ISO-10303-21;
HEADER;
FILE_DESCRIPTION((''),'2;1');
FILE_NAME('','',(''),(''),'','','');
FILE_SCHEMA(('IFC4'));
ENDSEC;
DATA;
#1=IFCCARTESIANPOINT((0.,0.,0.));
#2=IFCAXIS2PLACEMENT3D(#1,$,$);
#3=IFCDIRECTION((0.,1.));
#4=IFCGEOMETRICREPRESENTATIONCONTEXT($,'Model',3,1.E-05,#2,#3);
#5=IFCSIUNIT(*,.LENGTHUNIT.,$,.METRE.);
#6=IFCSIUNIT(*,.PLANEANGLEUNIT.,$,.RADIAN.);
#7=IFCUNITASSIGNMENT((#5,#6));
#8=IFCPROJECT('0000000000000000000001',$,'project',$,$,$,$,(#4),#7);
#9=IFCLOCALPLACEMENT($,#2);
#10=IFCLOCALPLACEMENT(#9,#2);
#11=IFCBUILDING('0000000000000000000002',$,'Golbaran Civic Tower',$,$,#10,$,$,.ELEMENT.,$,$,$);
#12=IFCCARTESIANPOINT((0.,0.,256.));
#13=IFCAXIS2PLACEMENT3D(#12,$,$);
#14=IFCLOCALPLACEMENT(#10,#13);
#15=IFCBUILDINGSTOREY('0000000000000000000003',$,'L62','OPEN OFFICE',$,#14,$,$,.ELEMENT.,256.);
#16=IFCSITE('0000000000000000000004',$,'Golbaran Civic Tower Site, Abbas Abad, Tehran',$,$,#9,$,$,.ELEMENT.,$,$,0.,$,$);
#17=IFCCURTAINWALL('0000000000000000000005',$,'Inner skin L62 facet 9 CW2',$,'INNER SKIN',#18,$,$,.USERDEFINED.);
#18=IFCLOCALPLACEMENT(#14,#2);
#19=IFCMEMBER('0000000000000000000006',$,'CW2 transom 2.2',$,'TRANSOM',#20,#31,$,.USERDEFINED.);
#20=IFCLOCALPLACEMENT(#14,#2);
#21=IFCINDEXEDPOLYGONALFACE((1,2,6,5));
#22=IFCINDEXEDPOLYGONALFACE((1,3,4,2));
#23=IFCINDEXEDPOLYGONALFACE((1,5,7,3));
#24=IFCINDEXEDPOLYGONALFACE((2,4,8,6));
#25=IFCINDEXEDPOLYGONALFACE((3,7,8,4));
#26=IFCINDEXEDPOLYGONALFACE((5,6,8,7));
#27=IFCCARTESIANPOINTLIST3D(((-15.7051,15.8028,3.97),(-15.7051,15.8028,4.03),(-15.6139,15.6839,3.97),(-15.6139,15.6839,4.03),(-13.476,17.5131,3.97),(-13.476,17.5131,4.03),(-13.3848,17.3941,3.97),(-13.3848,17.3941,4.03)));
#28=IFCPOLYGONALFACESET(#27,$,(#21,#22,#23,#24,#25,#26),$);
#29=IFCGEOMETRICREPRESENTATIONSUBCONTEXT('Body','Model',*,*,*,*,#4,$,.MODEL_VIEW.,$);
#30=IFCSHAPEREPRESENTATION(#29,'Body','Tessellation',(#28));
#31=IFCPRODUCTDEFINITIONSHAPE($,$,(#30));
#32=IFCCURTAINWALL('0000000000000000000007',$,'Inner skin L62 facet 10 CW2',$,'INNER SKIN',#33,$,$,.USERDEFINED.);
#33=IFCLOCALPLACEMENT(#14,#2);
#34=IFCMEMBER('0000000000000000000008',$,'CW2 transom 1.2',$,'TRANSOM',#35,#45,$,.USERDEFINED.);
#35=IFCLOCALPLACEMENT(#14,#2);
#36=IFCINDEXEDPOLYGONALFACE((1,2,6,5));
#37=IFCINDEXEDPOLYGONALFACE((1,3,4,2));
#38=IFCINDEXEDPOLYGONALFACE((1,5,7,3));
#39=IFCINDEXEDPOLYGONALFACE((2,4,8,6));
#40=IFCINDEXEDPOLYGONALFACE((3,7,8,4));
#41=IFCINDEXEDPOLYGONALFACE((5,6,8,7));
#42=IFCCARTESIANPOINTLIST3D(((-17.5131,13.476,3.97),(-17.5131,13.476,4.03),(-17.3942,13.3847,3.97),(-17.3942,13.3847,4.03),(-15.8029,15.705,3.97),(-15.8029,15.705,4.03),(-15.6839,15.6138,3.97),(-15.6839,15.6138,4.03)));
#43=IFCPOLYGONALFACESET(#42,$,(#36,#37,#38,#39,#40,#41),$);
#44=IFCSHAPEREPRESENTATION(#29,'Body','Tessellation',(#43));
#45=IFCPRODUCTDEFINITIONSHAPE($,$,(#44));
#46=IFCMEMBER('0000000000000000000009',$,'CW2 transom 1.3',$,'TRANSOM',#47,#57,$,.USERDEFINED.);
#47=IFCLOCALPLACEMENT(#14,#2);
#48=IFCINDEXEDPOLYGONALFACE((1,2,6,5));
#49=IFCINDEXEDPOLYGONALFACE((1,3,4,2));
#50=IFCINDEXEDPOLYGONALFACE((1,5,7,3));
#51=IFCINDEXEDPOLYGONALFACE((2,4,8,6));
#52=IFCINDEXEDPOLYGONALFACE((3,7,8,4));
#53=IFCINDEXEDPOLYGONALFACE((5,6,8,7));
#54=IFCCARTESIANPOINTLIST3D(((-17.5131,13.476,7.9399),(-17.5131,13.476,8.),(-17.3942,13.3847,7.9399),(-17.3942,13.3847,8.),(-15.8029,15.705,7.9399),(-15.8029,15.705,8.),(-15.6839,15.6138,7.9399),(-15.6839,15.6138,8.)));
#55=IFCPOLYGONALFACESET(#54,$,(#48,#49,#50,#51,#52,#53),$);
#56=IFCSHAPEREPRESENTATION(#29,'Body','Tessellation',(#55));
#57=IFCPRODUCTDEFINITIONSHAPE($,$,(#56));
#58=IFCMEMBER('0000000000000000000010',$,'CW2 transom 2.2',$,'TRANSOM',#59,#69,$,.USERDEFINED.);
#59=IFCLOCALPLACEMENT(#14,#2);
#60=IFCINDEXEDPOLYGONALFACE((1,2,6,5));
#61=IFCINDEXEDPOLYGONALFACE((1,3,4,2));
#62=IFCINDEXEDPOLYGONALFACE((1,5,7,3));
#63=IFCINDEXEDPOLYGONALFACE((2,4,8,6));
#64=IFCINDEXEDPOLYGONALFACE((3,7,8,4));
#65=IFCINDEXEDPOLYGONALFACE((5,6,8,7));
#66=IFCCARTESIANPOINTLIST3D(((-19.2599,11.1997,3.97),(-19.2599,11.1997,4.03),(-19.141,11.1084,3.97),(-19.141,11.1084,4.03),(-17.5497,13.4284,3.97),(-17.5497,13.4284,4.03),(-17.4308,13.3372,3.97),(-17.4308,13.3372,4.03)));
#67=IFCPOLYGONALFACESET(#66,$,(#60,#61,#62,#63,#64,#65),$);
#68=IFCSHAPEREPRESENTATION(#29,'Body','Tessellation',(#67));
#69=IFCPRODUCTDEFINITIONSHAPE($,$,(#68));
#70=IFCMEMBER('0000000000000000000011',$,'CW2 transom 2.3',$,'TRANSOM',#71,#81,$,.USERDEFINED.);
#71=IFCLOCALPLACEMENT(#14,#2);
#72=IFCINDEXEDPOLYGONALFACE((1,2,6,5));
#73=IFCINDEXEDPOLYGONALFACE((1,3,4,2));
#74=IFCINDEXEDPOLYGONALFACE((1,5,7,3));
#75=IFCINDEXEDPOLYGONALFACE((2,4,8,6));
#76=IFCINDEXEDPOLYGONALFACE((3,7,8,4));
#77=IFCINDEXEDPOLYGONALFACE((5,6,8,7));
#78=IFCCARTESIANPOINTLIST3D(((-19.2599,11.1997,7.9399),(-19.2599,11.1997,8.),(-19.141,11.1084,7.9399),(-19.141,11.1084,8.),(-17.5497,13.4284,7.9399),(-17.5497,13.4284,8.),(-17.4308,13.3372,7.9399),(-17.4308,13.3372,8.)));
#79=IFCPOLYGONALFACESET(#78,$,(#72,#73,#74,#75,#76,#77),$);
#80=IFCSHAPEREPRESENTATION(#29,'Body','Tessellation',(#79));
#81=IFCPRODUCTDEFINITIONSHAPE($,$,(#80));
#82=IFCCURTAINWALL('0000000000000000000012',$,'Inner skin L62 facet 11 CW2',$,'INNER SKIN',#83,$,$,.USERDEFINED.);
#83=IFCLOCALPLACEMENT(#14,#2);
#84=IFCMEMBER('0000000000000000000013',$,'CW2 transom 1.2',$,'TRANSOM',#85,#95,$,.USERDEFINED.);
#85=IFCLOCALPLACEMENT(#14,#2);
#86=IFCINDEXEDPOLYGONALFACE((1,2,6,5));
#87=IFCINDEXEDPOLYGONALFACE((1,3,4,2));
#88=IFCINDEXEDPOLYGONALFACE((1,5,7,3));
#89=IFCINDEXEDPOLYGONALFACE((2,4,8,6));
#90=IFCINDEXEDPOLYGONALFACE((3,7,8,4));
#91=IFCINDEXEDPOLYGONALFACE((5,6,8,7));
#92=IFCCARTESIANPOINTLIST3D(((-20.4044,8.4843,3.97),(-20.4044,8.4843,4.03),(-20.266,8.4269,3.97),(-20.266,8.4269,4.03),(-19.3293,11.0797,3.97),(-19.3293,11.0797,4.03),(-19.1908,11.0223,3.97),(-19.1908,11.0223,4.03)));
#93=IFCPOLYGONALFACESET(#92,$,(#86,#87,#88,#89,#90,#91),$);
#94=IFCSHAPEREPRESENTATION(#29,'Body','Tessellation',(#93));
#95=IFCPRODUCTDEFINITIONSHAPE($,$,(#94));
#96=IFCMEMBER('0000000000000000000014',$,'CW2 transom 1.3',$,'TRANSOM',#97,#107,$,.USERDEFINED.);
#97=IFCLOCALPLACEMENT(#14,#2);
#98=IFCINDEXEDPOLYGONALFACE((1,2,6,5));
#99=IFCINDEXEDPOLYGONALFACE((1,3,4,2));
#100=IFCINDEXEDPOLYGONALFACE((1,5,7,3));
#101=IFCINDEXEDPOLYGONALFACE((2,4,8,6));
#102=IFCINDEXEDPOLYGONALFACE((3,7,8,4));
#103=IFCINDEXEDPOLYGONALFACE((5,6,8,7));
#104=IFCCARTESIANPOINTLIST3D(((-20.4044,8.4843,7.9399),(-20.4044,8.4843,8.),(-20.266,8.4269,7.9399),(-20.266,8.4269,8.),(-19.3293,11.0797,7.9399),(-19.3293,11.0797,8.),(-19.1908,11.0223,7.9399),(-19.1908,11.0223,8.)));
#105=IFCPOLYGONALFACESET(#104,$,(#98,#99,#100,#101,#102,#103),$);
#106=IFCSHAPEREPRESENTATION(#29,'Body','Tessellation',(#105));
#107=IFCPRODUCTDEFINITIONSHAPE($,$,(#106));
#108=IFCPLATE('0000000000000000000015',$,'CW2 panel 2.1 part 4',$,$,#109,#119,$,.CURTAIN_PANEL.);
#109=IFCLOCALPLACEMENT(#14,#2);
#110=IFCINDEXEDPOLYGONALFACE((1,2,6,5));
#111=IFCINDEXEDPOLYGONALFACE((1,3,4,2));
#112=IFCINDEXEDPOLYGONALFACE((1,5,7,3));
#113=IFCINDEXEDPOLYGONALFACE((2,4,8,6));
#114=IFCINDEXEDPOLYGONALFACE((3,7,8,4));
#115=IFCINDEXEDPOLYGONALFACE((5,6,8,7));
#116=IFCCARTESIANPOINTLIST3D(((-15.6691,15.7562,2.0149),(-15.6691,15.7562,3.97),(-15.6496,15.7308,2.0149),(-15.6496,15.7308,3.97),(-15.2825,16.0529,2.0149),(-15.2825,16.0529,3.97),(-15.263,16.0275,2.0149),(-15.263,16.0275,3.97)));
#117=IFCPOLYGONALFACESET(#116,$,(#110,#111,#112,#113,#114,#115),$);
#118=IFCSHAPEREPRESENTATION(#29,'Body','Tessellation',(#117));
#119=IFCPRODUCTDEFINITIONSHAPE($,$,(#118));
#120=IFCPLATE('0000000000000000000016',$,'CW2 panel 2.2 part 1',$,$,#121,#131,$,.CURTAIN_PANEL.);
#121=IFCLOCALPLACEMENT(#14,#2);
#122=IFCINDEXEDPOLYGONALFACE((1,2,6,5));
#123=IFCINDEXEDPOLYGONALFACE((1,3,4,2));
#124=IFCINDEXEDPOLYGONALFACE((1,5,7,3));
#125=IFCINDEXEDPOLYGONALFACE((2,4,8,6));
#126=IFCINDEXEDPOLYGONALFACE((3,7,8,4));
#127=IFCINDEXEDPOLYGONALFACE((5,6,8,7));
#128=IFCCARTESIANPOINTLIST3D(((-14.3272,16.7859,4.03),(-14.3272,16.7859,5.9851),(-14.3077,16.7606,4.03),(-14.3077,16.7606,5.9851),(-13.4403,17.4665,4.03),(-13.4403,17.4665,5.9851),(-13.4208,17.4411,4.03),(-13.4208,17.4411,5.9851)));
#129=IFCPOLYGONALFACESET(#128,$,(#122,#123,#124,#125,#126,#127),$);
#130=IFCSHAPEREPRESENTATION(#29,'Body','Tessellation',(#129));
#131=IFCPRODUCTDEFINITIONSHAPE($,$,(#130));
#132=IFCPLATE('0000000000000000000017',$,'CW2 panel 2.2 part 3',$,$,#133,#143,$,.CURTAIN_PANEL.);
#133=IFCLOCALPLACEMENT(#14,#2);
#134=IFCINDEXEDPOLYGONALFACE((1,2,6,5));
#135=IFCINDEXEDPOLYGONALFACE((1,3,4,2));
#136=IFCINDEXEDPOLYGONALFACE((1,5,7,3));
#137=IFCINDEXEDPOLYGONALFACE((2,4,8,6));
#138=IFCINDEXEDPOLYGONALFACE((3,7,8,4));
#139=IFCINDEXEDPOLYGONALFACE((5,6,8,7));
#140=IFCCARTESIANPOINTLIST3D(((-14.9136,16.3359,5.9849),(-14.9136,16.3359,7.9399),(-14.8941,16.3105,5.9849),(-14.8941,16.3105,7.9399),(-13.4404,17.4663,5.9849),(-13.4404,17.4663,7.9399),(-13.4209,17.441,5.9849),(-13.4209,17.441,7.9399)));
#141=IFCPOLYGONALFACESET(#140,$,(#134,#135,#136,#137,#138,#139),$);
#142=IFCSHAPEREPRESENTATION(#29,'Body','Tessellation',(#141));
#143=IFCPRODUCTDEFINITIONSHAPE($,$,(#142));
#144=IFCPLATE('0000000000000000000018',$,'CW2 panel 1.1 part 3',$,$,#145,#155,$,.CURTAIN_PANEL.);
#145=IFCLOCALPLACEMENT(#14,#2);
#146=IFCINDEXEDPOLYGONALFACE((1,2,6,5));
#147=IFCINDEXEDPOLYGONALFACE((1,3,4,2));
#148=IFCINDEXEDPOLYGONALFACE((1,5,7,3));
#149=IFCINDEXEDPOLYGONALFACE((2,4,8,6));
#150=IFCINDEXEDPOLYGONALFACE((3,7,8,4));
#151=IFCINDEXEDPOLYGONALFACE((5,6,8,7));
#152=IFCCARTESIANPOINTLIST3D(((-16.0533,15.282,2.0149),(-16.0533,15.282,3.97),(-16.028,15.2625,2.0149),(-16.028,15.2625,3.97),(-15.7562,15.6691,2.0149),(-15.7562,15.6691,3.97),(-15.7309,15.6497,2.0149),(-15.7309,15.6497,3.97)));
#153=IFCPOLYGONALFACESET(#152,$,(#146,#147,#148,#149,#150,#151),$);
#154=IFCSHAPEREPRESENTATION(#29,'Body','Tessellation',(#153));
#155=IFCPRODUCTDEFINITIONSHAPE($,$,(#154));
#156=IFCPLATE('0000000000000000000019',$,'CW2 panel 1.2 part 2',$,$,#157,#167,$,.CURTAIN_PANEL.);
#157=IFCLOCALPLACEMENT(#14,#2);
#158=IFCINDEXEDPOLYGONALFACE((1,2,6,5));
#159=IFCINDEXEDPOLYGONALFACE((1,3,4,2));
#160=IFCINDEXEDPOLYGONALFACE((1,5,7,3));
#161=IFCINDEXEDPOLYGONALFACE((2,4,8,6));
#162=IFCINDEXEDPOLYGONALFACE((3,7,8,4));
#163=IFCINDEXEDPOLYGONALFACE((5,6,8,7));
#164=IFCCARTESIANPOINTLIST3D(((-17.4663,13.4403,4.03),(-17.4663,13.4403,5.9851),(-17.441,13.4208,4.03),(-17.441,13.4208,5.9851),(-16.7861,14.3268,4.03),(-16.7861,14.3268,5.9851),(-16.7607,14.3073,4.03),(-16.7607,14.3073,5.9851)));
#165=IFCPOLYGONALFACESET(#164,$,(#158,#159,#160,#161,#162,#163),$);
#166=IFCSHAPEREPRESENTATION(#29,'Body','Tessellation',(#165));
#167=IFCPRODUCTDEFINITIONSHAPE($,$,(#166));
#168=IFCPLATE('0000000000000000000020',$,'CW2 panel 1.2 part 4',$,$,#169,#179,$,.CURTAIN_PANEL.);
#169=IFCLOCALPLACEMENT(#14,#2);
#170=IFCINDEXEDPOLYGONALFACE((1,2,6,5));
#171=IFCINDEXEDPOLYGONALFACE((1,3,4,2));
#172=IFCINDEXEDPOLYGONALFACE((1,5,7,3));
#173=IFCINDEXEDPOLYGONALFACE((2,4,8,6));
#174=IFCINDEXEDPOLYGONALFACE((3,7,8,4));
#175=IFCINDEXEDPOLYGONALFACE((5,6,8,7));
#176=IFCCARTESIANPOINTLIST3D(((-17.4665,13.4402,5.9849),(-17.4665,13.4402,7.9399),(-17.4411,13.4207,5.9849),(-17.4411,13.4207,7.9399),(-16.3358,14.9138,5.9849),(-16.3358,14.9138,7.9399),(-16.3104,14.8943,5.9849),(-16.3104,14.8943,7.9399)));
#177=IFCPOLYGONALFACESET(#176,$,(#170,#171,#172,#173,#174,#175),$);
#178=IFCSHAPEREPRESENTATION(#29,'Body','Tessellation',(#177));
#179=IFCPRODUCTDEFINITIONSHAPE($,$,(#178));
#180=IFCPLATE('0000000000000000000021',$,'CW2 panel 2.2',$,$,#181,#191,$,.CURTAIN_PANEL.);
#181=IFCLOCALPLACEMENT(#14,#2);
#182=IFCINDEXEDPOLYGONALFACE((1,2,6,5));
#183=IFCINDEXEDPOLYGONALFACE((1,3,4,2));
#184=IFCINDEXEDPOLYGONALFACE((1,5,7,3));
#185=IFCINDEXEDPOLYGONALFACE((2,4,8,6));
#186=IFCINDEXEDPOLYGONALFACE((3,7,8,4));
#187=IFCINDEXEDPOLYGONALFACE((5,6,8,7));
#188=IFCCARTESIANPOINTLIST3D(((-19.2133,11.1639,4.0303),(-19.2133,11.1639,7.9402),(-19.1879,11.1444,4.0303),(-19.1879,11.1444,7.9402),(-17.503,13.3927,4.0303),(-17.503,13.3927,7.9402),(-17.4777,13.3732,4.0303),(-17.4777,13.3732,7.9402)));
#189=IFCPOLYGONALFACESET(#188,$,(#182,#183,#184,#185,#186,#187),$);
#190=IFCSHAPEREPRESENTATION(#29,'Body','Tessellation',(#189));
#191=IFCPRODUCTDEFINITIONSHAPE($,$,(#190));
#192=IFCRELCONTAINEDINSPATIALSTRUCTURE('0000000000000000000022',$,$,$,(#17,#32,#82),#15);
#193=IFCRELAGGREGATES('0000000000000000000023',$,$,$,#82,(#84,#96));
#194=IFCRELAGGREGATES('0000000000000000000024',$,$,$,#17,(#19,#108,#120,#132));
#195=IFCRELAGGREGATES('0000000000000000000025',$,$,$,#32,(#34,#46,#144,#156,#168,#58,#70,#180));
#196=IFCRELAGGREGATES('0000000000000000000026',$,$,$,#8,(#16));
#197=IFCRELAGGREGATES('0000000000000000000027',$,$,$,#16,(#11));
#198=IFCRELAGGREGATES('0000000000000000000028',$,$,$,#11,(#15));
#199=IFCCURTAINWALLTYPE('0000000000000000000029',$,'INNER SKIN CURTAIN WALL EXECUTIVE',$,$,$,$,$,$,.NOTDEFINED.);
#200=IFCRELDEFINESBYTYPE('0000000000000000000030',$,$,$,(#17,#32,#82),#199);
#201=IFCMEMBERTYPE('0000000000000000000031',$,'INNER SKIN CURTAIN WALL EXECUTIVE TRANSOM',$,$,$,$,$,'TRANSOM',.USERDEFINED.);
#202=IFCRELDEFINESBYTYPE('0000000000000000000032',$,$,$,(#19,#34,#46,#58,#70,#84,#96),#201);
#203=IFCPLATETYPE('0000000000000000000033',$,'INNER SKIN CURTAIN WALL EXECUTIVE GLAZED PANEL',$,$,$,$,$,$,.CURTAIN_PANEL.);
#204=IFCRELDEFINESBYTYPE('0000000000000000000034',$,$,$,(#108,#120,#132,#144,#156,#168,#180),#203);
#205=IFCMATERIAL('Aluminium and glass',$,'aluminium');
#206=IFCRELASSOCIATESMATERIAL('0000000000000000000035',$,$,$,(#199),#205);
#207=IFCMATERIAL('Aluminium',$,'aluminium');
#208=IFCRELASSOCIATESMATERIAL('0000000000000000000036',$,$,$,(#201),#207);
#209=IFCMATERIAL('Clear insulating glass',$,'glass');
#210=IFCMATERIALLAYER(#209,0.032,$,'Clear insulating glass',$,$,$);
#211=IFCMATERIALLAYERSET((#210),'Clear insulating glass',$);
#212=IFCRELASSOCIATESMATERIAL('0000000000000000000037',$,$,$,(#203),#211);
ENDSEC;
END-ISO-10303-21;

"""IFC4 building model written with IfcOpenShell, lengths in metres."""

from ifc_helpers import new_model, si_unit, direction, frame, origin, origin_2d, place, context, subcontext, project, spatial, rectangle, extrude, material, layer, layer_set, material_profile, profile_set, type_object, element, aggregate, save


model = new_model("IFC4")

# Units and contexts
model_context = context("Model", 3, precision=1e-05, world=origin(), true_north=direction((0.0, 1.0)))
body_context = subcontext(model_context, "Body", "Model", "MODEL_VIEW")
ifc_project = project(units=[si_unit("LENGTHUNIT", "METRE"), si_unit("PLANEANGLEUNIT", "RADIAN")], contexts=[model_context])

# Site, building, storey
site_placement = place(None, origin())
site = spatial("IfcSite", under=ifc_project, at=site_placement, Name="Golbaran Civic Tower Site, Abbas Abad, Tehran", CompositionType="ELEMENT", RefElevation=0.0)
building_placement = place(site_placement, origin())
building = spatial("IfcBuilding", under=site, at=building_placement, Name="Golbaran Civic Tower", CompositionType="ELEMENT")
storey_placement = place(building_placement, frame((0.0, 0.0, 256.0)))
storey = spatial("IfcBuildingStorey", under=building, at=storey_placement, Name="L62", Description="OPEN OFFICE", CompositionType="ELEMENT", Elevation=256.0)

# Curtain wall, member
ifc_material_1 = material(Name="Aluminium and glass", Category="aluminium")
curtain_wall_type = type_object("IfcCurtainWallType", Name="INNER SKIN CURTAIN WALL EXECUTIVE", PredefinedType="NOTDEFINED", material=ifc_material_1)
curtain_wall_1_placement = place(storey_placement, origin())
curtain_wall_1 = element("IfcCurtainWall", 1, at=curtain_wall_1_placement, inside=storey, type_object=curtain_wall_type, Name="Inner skin L62 facet 9 CW2", ObjectType="INNER SKIN", PredefinedType="USERDEFINED")
ifc_material_2 = material(Name="Aluminium", Category="aluminium")
ifc_material_profile = material_profile(ifc_material_2, rectangle(XDim=0.1499, YDim=0.0601, at=origin_2d()), Name="INNER SKIN CURTAIN WALL EXECUTIVE TRANSOM")
ifc_profile_set = profile_set([ifc_material_profile], Name="Aluminium")
member_type = type_object("IfcMemberType", Name="INNER SKIN CURTAIN WALL EXECUTIVE TRANSOM", ElementType="TRANSOM", PredefinedType="USERDEFINED", material=ifc_profile_set)
member_1_placement = place(storey_placement, frame((-13.4304, 17.4536, 4.0), z_axis=(-0.793383, -0.608723, 0.0), x_axis=(0.608723, -0.793383, 0.0)))
member_1 = element("IfcMember", 2, at=member_1_placement, type_object=member_type, Name="CW2 transom 2.2", ObjectType="TRANSOM", PredefinedType="USERDEFINED", context=body_context, shape_type="SweptSolid", body=[
    extrude(rectangle(XDim=0.1499, YDim=0.0601, at=origin_2d()), origin(), (0.0, 0.0, 1.0), 2.8096),
])

# Curtain walls, members
curtain_wall_2_placement = place(storey_placement, origin())
curtain_wall_2 = element("IfcCurtainWall", 3, at=curtain_wall_2_placement, inside=storey, type_object=curtain_wall_type, Name="Inner skin L62 facet 10 CW2", ObjectType="INNER SKIN", PredefinedType="USERDEFINED")
member_2_placement = place(storey_placement, frame((-15.7434, 15.6594, 4.0), z_axis=(-0.608723, -0.793383, 0.0), x_axis=(0.793383, -0.608723, 0.0)))
member_2 = element("IfcMember", 4, at=member_2_placement, type_object=member_type, Name="CW2 transom 1.2", ObjectType="TRANSOM", PredefinedType="USERDEFINED", context=body_context, shape_type="SweptSolid", body=[
    extrude(rectangle(XDim=0.1499, YDim=0.0601, at=origin_2d()), origin(), (0.0, 0.0, 1.0), 2.8096),
])
member_3_placement = place(storey_placement, frame((-15.7434, 15.6594, 7.97), z_axis=(-0.608723, -0.793383, 0.0), x_axis=(0.793383, -0.608723, 0.0)))
member_3 = element("IfcMember", 5, at=member_3_placement, type_object=member_type, Name="CW2 transom 1.3", ObjectType="TRANSOM", PredefinedType="USERDEFINED", context=body_context, shape_type="SweptSolid", body=[
    extrude(rectangle(XDim=0.1499, YDim=0.0601, at=origin_2d()), origin(), (0.0, 0.0, 1.0), 2.8096),
])
member_4_placement = place(storey_placement, frame((-17.4902, 13.3828, 4.0), z_axis=(-0.608765, -0.79335, 0.0), x_axis=(0.79335, -0.608765, 0.0)))
member_4 = element("IfcMember", 6, at=member_4_placement, type_object=member_type, Name="CW2 transom 2.2", ObjectType="TRANSOM", PredefinedType="USERDEFINED", context=body_context, shape_type="SweptSolid", body=[
    extrude(rectangle(XDim=0.1499, YDim=0.0601, at=origin_2d()), origin(), (0.0, 0.0, 1.0), 2.8093),
])
member_5_placement = place(storey_placement, frame((-17.4902, 13.3828, 7.97), z_axis=(-0.608765, -0.79335, 0.0), x_axis=(0.79335, -0.608765, 0.0)))
member_5 = element("IfcMember", 7, at=member_5_placement, type_object=member_type, Name="CW2 transom 2.3", ObjectType="TRANSOM", PredefinedType="USERDEFINED", context=body_context, shape_type="SweptSolid", body=[
    extrude(rectangle(XDim=0.1499, YDim=0.0601, at=origin_2d()), origin(), (0.0, 0.0, 1.0), 2.8093),
])
curtain_wall_3_placement = place(storey_placement, origin())
curtain_wall_3 = element("IfcCurtainWall", 8, at=curtain_wall_3_placement, inside=storey, type_object=curtain_wall_type, Name="Inner skin L62 facet 11 CW2", ObjectType="INNER SKIN", PredefinedType="USERDEFINED")
member_6_placement = place(storey_placement, frame((-19.26, 11.051, 4.0), z_axis=(-0.38272, -0.923864, 0.0), x_axis=(0.923864, -0.38272, 0.0)))
member_6 = element("IfcMember", 9, at=member_6_placement, type_object=member_type, Name="CW2 transom 1.2", ObjectType="TRANSOM", PredefinedType="USERDEFINED", context=body_context, shape_type="SweptSolid", body=[
    extrude(rectangle(XDim=0.1499, YDim=0.0601, at=origin_2d()), origin(), (0.0, 0.0, 1.0), 2.8093),
])
member_7_placement = place(storey_placement, frame((-19.26, 11.051, 7.97), z_axis=(-0.38272, -0.923864, 0.0), x_axis=(0.923864, -0.38272, 0.0)))
member_7 = element("IfcMember", 10, at=member_7_placement, type_object=member_type, Name="CW2 transom 1.3", ObjectType="TRANSOM", PredefinedType="USERDEFINED", context=body_context, shape_type="SweptSolid", body=[
    extrude(rectangle(XDim=0.1499, YDim=0.0601, at=origin_2d()), origin(), (0.0, 0.0, 1.0), 2.8093),
])

# Plates
ifc_material_3 = material(Name="Clear insulating glass", Category="glass")
ifc_layer_1 = layer(ifc_material_3, 0.032, Name="Clear insulating glass")
ifc_layer_set_1 = layer_set([ifc_layer_1], Name="Clear insulating glass")
plate_type_1 = type_object("IfcPlateType", Name="INNER SKIN CURTAIN WALL EXECUTIVE GLAZED PANEL", PredefinedType="CURTAIN_PANEL", material=ifc_layer_set_1)
plate_1_placement = place(storey_placement, frame((-15.4661, 15.8918, 2.0149), z_axis=(0.0, 0.0, 1.0), x_axis=(-0.793353, -0.608761, 0.0)))
plate_1 = element("IfcPlate", 11, at=plate_1_placement, type_object=plate_type_1, Name="CW2 panel 2.1 part 4", PredefinedType="CURTAIN_PANEL", context=body_context, shape_type="SweptSolid", body=[
    extrude(rectangle(XDim=0.4873, YDim=0.032, at=origin_2d()), origin(), (0.0, 0.0, 1.0), 1.9551),
])
plate_2_placement = place(storey_placement, frame((-13.874, 17.1135, 4.03), z_axis=(0.0, 0.0, 1.0), x_axis=(-0.793353, -0.608761, 0.0)))
plate_2 = element("IfcPlate", 12, at=plate_2_placement, type_object=plate_type_1, Name="CW2 panel 2.2 part 1", PredefinedType="CURTAIN_PANEL", context=body_context, shape_type="SweptSolid", body=[
    extrude(rectangle(XDim=1.1179, YDim=0.032, at=origin_2d()), origin(), (0.0, 0.0, 1.0), 1.9551),
])
plate_3_placement = place(storey_placement, frame((-14.1672, 16.8884, 5.9849), z_axis=(0.0, 0.0, 1.0), x_axis=(-0.793353, -0.608761, 0.0)))
plate_3 = element("IfcPlate", 13, at=plate_3_placement, type_object=plate_type_1, Name="CW2 panel 2.2 part 3", PredefinedType="CURTAIN_PANEL", context=body_context, shape_type="SweptSolid", body=[
    extrude(rectangle(XDim=1.8569, YDim=0.032, at=origin_2d()), origin(), (0.0, 0.0, 1.0), 1.9551),
])
plate_4_placement = place(storey_placement, frame((-15.8921, 15.4658, 2.0149), z_axis=(0.0, 0.0, 1.0), x_axis=(-0.608761, -0.793353, 0.0)))
plate_4 = element("IfcPlate", 14, at=plate_4_placement, type_object=plate_type_1, Name="CW2 panel 1.1 part 3", PredefinedType="CURTAIN_PANEL", context=body_context, shape_type="SweptSolid", body=[
    extrude(rectangle(XDim=0.488, YDim=0.032, at=origin_2d()), origin(), (0.0, 0.0, 1.0), 1.9551),
])
plate_5_placement = place(storey_placement, frame((-17.1135, 13.8738, 4.03), z_axis=(0.0, 0.0, 1.0), x_axis=(-0.608761, -0.793353, 0.0)))
plate_5 = element("IfcPlate", 15, at=plate_5_placement, type_object=plate_type_1, Name="CW2 panel 1.2 part 2", PredefinedType="CURTAIN_PANEL", context=body_context, shape_type="SweptSolid", body=[
    extrude(rectangle(XDim=1.1174, YDim=0.032, at=origin_2d()), origin(), (0.0, 0.0, 1.0), 1.9551),
])
plate_6_placement = place(storey_placement, frame((-16.8884, 14.1672, 5.9849), z_axis=(0.0, 0.0, 1.0), x_axis=(-0.608761, -0.793353, 0.0)))
plate_6 = element("IfcPlate", 16, at=plate_6_placement, type_object=plate_type_1, Name="CW2 panel 1.2 part 4", PredefinedType="CURTAIN_PANEL", context=body_context, shape_type="SweptSolid", body=[
    extrude(rectangle(XDim=1.8574, YDim=0.032, at=origin_2d()), origin(), (0.0, 0.0, 1.0), 1.9551),
])
plate_7_placement = place(storey_placement, frame((-18.3455, 12.2686, 4.0303), z_axis=(0.0, 0.0, 1.0), x_axis=(-0.608761, -0.793353, 0.0)))
plate_7 = element("IfcPlate", 17, at=plate_7_placement, type_object=plate_type_1, Name="CW2 panel 2.2", PredefinedType="CURTAIN_PANEL", context=body_context, shape_type="SweptSolid", body=[
    extrude(rectangle(XDim=2.8093, YDim=0.032, at=origin_2d()), origin(), (0.0, 0.0, 1.0), 3.9099),
])
aggregate(curtain_wall_3, [member_6, member_7])
aggregate(curtain_wall_1, [member_1, plate_1, plate_2, plate_3])
aggregate(curtain_wall_2, [member_2, member_3, plate_4, plate_5, plate_6, member_4, member_5, plate_7])

save(model, "model.ifc")
